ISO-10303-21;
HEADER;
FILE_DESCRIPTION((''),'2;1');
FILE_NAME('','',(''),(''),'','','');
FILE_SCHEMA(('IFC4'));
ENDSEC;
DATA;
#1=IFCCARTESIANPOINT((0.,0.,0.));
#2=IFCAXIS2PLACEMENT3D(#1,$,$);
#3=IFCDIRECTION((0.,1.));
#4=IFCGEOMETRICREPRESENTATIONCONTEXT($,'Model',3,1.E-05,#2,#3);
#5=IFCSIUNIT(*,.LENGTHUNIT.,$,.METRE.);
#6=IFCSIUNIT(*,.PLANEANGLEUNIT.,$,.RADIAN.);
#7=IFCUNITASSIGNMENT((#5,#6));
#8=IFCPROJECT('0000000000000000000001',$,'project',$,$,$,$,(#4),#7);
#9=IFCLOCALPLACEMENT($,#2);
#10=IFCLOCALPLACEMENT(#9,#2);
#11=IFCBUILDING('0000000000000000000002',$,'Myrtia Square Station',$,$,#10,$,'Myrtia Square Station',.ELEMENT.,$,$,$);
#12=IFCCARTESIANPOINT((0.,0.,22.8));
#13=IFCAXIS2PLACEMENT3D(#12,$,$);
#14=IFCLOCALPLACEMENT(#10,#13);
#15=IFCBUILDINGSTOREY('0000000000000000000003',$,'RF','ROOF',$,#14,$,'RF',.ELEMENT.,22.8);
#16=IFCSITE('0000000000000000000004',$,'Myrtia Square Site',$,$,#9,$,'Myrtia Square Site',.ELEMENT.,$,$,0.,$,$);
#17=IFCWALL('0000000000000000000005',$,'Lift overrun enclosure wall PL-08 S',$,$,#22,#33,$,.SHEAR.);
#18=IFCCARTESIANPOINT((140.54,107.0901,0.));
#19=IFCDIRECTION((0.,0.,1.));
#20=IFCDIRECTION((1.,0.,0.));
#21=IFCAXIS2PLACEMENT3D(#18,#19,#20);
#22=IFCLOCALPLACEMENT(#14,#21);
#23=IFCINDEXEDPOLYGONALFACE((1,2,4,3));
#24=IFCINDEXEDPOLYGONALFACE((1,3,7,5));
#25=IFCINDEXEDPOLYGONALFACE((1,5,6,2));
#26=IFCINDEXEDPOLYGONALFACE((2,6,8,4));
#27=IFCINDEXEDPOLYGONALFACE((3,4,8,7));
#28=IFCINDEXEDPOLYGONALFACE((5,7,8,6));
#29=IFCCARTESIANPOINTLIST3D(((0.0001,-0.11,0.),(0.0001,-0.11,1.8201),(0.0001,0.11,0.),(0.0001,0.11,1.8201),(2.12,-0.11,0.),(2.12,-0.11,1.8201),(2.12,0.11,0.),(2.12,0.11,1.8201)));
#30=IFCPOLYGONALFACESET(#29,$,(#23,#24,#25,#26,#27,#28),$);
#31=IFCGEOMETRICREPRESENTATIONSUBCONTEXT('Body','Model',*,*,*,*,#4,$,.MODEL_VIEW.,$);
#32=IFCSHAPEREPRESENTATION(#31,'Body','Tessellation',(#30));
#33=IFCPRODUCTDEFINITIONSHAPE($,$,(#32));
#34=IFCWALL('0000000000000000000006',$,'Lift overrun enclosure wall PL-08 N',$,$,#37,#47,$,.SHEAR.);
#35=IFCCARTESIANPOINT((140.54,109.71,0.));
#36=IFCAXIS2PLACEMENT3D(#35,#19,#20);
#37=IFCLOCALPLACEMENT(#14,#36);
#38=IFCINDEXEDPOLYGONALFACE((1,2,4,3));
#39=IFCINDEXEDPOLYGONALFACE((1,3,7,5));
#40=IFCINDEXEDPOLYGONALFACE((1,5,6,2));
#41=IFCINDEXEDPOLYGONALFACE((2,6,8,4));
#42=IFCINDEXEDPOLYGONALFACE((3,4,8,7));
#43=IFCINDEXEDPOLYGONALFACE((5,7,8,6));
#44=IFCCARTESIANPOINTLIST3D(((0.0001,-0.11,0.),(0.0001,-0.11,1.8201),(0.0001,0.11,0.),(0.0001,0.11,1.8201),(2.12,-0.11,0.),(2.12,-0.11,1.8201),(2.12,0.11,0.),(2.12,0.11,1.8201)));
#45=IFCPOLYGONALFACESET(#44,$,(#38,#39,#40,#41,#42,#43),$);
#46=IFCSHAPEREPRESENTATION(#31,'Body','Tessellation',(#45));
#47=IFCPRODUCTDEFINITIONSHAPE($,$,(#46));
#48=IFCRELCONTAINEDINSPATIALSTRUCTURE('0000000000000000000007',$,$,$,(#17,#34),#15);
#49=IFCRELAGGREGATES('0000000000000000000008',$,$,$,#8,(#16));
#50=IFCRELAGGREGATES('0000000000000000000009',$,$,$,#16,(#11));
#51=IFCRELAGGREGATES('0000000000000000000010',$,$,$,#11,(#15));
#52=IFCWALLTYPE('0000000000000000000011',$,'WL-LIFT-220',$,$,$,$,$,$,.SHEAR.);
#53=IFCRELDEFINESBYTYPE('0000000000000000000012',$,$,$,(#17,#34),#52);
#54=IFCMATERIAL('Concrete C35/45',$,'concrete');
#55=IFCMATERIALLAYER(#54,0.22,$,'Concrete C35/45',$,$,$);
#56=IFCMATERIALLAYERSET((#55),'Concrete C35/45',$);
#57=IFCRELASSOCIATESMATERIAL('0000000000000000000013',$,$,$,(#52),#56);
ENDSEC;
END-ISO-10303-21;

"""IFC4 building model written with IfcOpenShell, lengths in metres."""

from ifc_helpers import new_model, si_unit, direction, frame, frame_2d, origin, place, context, subcontext, project, spatial, rectangle, extrude, material, layer, layer_set, type_object, element, save


model = new_model("IFC4")

# Units and contexts
model_context = context("Model", 3, precision=1e-05, world=origin(), true_north=direction((0.0, 1.0)))
body_context = subcontext(model_context, "Body", "Model", "MODEL_VIEW")
ifc_project = project(units=[si_unit("LENGTHUNIT", "METRE"), si_unit("PLANEANGLEUNIT", "RADIAN")], contexts=[model_context])

# Site, building, storey
site_placement = place(None, origin())
site = spatial("IfcSite", under=ifc_project, at=site_placement, Name="Myrtia Square Site", LongName="Myrtia Square Site", CompositionType="ELEMENT", RefElevation=0.0)
building_placement = place(site_placement, origin())
building = spatial("IfcBuilding", under=site, at=building_placement, Name="Myrtia Square Station", LongName="Myrtia Square Station", CompositionType="ELEMENT")
storey_placement = place(building_placement, frame((0.0, 0.0, 22.8)))
storey = spatial("IfcBuildingStorey", under=building, at=storey_placement, Name="RF", Description="ROOF", LongName="RF", CompositionType="ELEMENT", Elevation=22.8)

# Shared definitions
ifc_material_1 = material(Name="Concrete C35/45", Category="concrete")

# Walls
ifc_layer_1 = layer(ifc_material_1, 0.22, Name="Concrete C35/45")
ifc_layer_set_1 = layer_set([ifc_layer_1], Name="Concrete C35/45")
wall_type_1 = type_object("IfcWallType", Name="WL-LIFT-220", PredefinedType="SHEAR", material=ifc_layer_set_1)
for number, where, z_axis, x_axis, name in (
    (1, (140.54, 107.0901, 0.0), (0.0, 0.0, 1.0), (1.0, 0.0, 0.0), "Lift overrun enclosure wall PL-08 S"),
    (2, (140.54, 109.71, 0.0), (0.0, 0.0, 1.0), (1.0, 0.0, 0.0), "Lift overrun enclosure wall PL-08 N"),
):
    element("IfcWall", number, at=place(storey_placement, frame(where, z_axis=z_axis, x_axis=x_axis)), inside=storey, type_object=wall_type_1, Name=name, PredefinedType="SHEAR", context=body_context, shape_type="SweptSolid", body=[
        extrude(rectangle(XDim=2.1199, YDim=0.22, at=frame_2d((1.0601, 0.0))), origin(), (0.0, 0.0, 1.0), 1.8201),
    ])

save(model, "model.ifc")
